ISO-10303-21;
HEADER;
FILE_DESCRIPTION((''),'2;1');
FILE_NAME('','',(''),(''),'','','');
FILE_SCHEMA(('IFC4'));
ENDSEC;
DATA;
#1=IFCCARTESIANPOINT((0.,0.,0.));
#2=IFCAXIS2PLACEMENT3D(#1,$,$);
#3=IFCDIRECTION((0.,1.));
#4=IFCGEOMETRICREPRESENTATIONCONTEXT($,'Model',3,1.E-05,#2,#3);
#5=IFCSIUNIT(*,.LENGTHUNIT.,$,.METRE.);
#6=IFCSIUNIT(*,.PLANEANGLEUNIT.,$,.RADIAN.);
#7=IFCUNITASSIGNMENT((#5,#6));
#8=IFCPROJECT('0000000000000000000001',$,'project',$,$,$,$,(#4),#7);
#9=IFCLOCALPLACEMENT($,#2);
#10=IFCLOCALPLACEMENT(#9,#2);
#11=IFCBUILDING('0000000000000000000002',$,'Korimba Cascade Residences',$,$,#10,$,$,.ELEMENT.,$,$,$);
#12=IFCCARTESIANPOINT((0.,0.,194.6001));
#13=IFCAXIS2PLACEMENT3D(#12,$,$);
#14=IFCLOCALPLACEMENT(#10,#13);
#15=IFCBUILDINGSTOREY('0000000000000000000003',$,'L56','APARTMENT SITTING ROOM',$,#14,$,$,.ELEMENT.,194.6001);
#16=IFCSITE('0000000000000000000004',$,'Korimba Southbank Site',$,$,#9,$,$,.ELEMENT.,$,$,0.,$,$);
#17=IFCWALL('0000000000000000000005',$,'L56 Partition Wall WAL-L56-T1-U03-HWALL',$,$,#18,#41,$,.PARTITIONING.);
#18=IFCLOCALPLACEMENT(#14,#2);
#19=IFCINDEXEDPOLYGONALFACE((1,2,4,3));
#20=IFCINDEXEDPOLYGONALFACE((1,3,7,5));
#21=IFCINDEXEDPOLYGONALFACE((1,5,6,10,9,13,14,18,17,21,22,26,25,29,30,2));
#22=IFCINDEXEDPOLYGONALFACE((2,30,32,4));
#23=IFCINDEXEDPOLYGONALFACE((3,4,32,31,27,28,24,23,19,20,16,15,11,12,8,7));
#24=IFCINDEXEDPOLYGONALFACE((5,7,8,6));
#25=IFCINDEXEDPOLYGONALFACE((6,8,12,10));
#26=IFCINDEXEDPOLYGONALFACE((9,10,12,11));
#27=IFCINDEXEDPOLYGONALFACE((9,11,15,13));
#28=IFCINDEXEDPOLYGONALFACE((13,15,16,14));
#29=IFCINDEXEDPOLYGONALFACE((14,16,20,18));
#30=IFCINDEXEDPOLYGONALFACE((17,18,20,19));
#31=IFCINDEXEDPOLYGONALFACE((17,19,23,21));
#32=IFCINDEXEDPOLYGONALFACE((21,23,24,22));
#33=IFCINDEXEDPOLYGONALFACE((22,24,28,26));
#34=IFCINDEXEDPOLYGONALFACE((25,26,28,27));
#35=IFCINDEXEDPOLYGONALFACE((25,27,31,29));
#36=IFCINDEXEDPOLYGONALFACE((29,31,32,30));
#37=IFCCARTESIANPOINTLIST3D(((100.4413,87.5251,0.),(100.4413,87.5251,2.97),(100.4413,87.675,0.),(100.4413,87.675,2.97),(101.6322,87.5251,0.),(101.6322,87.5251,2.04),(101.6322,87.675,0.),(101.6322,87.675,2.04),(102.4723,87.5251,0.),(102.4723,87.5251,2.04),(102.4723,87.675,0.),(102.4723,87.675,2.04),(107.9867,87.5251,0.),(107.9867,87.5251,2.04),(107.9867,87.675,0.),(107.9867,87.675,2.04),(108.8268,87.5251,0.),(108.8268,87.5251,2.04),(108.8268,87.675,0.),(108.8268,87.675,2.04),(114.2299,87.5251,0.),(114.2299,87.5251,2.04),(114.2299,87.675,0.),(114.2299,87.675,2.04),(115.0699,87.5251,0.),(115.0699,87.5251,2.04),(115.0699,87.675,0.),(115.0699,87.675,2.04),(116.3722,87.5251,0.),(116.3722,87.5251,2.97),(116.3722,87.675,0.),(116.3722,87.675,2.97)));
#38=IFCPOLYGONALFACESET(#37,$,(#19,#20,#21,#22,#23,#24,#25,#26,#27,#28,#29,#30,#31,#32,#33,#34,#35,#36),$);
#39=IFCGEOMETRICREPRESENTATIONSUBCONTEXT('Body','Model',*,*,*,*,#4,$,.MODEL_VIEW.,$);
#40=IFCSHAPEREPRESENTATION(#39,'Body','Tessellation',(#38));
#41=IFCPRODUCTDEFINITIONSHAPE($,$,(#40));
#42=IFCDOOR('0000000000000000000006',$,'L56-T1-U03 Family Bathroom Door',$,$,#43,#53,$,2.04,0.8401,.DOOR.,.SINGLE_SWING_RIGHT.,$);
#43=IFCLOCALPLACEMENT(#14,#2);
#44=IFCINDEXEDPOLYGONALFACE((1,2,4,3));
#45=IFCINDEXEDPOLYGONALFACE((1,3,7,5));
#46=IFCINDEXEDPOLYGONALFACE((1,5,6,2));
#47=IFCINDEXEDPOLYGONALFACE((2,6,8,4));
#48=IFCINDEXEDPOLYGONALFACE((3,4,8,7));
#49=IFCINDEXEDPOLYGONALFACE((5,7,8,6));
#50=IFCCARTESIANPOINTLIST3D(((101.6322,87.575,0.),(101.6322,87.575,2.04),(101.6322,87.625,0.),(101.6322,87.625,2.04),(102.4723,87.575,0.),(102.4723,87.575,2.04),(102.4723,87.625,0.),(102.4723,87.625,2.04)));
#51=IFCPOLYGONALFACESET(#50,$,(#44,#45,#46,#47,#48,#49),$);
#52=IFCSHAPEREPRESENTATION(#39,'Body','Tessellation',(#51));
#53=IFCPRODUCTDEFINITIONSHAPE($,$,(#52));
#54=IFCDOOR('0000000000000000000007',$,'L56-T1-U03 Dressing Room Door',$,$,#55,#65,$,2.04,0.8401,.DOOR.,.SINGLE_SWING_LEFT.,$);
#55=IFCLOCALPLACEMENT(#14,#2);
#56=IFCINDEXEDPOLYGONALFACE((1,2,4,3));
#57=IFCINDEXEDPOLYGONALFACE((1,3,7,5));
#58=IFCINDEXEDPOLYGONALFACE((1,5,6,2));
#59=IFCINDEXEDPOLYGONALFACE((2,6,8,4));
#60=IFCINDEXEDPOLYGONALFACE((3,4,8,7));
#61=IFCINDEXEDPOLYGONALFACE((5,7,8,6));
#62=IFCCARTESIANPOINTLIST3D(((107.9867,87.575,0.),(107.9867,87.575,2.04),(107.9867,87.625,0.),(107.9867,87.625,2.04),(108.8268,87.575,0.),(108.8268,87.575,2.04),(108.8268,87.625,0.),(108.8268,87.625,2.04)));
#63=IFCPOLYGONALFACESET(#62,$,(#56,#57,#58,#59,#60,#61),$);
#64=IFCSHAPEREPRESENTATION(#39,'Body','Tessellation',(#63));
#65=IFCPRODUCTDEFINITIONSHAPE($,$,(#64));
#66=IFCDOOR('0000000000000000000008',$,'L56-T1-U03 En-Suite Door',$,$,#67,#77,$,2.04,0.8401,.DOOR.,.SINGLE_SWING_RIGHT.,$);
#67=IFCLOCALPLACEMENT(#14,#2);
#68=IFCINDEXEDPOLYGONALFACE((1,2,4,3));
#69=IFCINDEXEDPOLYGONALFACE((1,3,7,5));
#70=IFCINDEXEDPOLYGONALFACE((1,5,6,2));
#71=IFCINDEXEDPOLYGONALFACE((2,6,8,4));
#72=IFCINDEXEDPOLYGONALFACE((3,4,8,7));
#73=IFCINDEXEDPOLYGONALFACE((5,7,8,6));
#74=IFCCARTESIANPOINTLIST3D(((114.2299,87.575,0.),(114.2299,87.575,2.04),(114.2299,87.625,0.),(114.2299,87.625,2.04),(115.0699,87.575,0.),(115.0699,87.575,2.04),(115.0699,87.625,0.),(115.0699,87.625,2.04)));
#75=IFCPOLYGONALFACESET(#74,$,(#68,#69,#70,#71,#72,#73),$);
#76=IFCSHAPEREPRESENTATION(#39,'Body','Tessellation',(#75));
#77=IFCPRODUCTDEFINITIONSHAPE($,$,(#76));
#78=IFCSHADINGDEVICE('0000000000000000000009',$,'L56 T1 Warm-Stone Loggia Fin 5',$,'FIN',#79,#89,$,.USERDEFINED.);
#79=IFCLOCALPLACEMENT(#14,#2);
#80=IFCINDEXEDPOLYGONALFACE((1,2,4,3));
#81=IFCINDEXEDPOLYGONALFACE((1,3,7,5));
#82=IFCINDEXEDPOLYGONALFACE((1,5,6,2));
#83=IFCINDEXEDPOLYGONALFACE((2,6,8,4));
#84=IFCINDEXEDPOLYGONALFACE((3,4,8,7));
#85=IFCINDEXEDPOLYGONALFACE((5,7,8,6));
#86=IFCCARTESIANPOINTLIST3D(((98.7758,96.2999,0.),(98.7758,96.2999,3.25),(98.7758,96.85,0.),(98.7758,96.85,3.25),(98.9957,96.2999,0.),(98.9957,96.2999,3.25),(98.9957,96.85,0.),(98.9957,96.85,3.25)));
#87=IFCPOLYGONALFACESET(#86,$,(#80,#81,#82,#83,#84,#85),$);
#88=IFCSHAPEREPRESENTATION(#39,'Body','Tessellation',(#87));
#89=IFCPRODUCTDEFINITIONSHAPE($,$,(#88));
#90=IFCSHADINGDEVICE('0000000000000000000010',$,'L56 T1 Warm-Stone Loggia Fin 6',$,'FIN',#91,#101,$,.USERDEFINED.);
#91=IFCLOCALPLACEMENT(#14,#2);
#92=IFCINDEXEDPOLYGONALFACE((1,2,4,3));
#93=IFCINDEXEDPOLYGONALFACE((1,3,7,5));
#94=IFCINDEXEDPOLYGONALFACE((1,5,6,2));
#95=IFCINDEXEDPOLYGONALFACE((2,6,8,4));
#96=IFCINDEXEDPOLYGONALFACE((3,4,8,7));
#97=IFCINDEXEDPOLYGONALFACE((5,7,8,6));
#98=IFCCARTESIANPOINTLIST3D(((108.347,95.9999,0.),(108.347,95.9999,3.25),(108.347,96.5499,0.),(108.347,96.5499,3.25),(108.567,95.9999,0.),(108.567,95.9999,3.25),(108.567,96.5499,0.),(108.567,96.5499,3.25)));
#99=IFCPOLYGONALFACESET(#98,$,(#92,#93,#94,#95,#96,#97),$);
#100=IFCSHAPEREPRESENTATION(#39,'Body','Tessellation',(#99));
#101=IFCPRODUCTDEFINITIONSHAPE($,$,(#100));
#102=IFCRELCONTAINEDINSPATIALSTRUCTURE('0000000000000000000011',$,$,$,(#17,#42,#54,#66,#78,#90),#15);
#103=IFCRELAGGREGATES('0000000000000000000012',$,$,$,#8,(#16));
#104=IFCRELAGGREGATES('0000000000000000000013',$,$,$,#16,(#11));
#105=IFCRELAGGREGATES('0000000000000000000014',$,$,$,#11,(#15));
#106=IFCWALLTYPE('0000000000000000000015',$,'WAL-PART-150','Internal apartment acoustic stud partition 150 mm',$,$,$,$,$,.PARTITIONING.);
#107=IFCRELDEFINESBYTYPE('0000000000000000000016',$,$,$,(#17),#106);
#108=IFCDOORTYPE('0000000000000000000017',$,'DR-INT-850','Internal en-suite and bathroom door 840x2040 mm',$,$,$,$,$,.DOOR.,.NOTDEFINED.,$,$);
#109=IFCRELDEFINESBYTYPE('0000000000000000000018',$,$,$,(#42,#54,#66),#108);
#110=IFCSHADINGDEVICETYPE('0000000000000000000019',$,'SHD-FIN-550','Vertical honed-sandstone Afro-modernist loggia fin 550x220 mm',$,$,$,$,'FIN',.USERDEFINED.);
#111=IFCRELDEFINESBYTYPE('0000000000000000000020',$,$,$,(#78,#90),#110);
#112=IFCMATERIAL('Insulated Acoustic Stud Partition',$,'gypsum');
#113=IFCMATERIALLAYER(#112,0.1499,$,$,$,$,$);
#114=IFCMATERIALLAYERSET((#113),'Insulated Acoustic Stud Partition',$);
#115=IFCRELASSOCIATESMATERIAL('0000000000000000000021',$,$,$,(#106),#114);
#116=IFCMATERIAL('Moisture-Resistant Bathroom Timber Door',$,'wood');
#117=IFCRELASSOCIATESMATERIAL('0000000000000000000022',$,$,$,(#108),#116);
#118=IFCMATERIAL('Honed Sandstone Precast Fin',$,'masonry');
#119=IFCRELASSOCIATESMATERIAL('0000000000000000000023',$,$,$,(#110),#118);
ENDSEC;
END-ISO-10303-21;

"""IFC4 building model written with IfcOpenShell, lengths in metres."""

from ifc_helpers import new_model, si_unit, direction, frame, frame_2d, origin, origin_2d, place, context, subcontext, project, spatial, rectangle, extrude, material, layer, layer_set, type_object, element, fill, save


model = new_model("IFC4")

# Units and contexts
model_context = context("Model", 3, precision=1e-05, world=origin(), true_north=direction((0.0, 1.0)))
body_context = subcontext(model_context, "Body", "Model", "MODEL_VIEW")
ifc_project = project(units=[si_unit("LENGTHUNIT", "METRE"), si_unit("PLANEANGLEUNIT", "RADIAN")], contexts=[model_context])

# Site, building, storey
site_placement = place(None, origin())
site = spatial("IfcSite", under=ifc_project, at=site_placement, Name="Korimba Southbank Site", CompositionType="ELEMENT", RefElevation=0.0)
building_placement = place(site_placement, origin())
building = spatial("IfcBuilding", under=site, at=building_placement, Name="Korimba Cascade Residences", CompositionType="ELEMENT")
storey_placement = place(building_placement, frame((0.0, 0.0, 194.6001)))
storey = spatial("IfcBuildingStorey", under=building, at=storey_placement, Name="L56", Description="APARTMENT SITTING ROOM", CompositionType="ELEMENT", Elevation=194.6001)

# Shared definitions
ifc_material_1 = material(Name="Insulated Acoustic Stud Partition", Category="gypsum")
ifc_layer = layer(ifc_material_1, 0.1499)
ifc_layer_set = layer_set([ifc_layer], Name="Insulated Acoustic Stud Partition")
wall_type = type_object("IfcWallType", Name="WAL-PART-150", Description="Internal apartment acoustic stud partition 150 mm", PredefinedType="PARTITIONING", material=ifc_layer_set)

# Wall, openings, doors
wall_1_placement = place(storey_placement, frame((100.4414, 87.6001, 0.0), z_axis=(0.0, 0.0, 1.0), x_axis=(1.0, 0.0, 0.0)))
wall_1 = element("IfcWall", 1, at=wall_1_placement, inside=storey, type_object=wall_type, Name="L56 Partition Wall WAL-L56-T1-U03-HWALL", PredefinedType="PARTITIONING", context=body_context, shape_type="SweptSolid", body=[
    extrude(rectangle(XDim=15.9309, YDim=0.1499, at=frame_2d((7.9653, 0.0))), origin(), (0.0, 0.0, 1.0), 2.97),
])
opening_1_placement = place(wall_1_placement, frame((1.1909, 0.0, 0.0)))
opening_1 = element("IfcOpeningElement", 2, at=opening_1_placement, cuts=wall_1, PredefinedType="OPENING", context=body_context, shape_type="SweptSolid", body=[
    extrude(rectangle(XDim=0.8401, YDim=2.04, at=frame_2d((0.4199, 1.02))), frame((0.0, 0.085, 0.0), z_axis=(0.0, -1.0, 0.0), x_axis=(1.0, 0.0, 0.0)), (0.0, 0.0, 1.0), 0.1699),
])
opening_2_placement = place(wall_1_placement, frame((7.5454, 0.0, 0.0)))
opening_2 = element("IfcOpeningElement", 3, at=opening_2_placement, cuts=wall_1, PredefinedType="OPENING", context=body_context, shape_type="SweptSolid", body=[
    extrude(rectangle(XDim=0.8401, YDim=2.04, at=frame_2d((0.4199, 1.02))), frame((0.0, 0.085, 0.0), z_axis=(0.0, -1.0, 0.0), x_axis=(1.0, 0.0, 0.0)), (0.0, 0.0, 1.0), 0.1699),
])
opening_3_placement = place(wall_1_placement, frame((13.7886, 0.0, 0.0)))
opening_3 = element("IfcOpeningElement", 4, at=opening_3_placement, cuts=wall_1, PredefinedType="OPENING", context=body_context, shape_type="SweptSolid", body=[
    extrude(rectangle(XDim=0.8401, YDim=2.04, at=frame_2d((0.4199, 1.02))), frame((0.0, 0.085, 0.0), z_axis=(0.0, -1.0, 0.0), x_axis=(1.0, 0.0, 0.0)), (0.0, 0.0, 1.0), 0.1699),
])
ifc_material_2 = material(Name="Moisture-Resistant Bathroom Timber Door", Category="wood")
door_type_1 = type_object("IfcDoorType", Name="DR-INT-850", Description="Internal en-suite and bathroom door 840x2040 mm", OperationType="NOTDEFINED", PredefinedType="DOOR", material=ifc_material_2)
door_1_placement = place(opening_1_placement, origin())
door_1 = element("IfcDoor", 5, at=door_1_placement, inside=storey, type_object=door_type_1, Name="L56-T1-U03 Family Bathroom Door", OperationType="SINGLE_SWING_RIGHT", OverallHeight=2.04, OverallWidth=0.8401, PredefinedType="DOOR", context=body_context, shape_type="SweptSolid", body=[
    extrude(rectangle(XDim=0.8401, YDim=2.04, at=frame_2d((0.4199, 1.02))), frame((0.0, 0.0249, 0.0), z_axis=(0.0, -1.0, 0.0), x_axis=(1.0, 0.0, 0.0)), (0.0, 0.0, 1.0), 0.05),
])
fill(opening_1, door_1)
door_2_placement = place(opening_2_placement, origin())
door_2 = element("IfcDoor", 6, at=door_2_placement, inside=storey, type_object=door_type_1, Name="L56-T1-U03 Dressing Room Door", OperationType="SINGLE_SWING_LEFT", OverallHeight=2.04, OverallWidth=0.8401, PredefinedType="DOOR", context=body_context, shape_type="SweptSolid", body=[
    extrude(rectangle(XDim=0.8401, YDim=2.04, at=frame_2d((0.4199, 1.02))), frame((0.0, 0.0249, 0.0), z_axis=(0.0, -1.0, 0.0), x_axis=(1.0, 0.0, 0.0)), (0.0, 0.0, 1.0), 0.05),
])
fill(opening_2, door_2)
door_3_placement = place(opening_3_placement, origin())
door_3 = element("IfcDoor", 7, at=door_3_placement, inside=storey, type_object=door_type_1, Name="L56-T1-U03 En-Suite Door", OperationType="SINGLE_SWING_RIGHT", OverallHeight=2.04, OverallWidth=0.8401, PredefinedType="DOOR", context=body_context, shape_type="SweptSolid", body=[
    extrude(rectangle(XDim=0.8401, YDim=2.04, at=frame_2d((0.4199, 1.02))), frame((0.0, 0.0249, 0.0), z_axis=(0.0, -1.0, 0.0), x_axis=(1.0, 0.0, 0.0)), (0.0, 0.0, 1.0), 0.05),
])
fill(opening_3, door_3)

# Shading devices
ifc_material_3 = material(Name="Honed Sandstone Precast Fin", Category="masonry")
shading_device_type = type_object("IfcShadingDeviceType", Name="SHD-FIN-550", Description="Vertical honed-sandstone Afro-modernist loggia fin 550x220 mm", ElementType="FIN", PredefinedType="USERDEFINED", material=ifc_material_3)
for number, where, z_axis, x_axis, name in (
    (8, (98.8857, 96.575, 0.0), (0.0, 0.0, 1.0), (1.0, 0.0, 0.0), "L56 T1 Warm-Stone Loggia Fin 5"),
    (9, (108.457, 96.2749, 0.0), (0.0, 0.0, 1.0), (1.0, 0.0, 0.0), "L56 T1 Warm-Stone Loggia Fin 6"),
):
    element("IfcShadingDevice", number, at=place(storey_placement, frame(where, z_axis=z_axis, x_axis=x_axis)), inside=storey, type_object=shading_device_type, Name=name, ObjectType="FIN", PredefinedType="USERDEFINED", context=body_context, shape_type="SweptSolid", body=[
        extrude(rectangle(XDim=0.22, YDim=0.55, at=origin_2d()), origin(), (0.0, 0.0, 1.0), 3.25),
    ])

save(model, "model.ifc")
